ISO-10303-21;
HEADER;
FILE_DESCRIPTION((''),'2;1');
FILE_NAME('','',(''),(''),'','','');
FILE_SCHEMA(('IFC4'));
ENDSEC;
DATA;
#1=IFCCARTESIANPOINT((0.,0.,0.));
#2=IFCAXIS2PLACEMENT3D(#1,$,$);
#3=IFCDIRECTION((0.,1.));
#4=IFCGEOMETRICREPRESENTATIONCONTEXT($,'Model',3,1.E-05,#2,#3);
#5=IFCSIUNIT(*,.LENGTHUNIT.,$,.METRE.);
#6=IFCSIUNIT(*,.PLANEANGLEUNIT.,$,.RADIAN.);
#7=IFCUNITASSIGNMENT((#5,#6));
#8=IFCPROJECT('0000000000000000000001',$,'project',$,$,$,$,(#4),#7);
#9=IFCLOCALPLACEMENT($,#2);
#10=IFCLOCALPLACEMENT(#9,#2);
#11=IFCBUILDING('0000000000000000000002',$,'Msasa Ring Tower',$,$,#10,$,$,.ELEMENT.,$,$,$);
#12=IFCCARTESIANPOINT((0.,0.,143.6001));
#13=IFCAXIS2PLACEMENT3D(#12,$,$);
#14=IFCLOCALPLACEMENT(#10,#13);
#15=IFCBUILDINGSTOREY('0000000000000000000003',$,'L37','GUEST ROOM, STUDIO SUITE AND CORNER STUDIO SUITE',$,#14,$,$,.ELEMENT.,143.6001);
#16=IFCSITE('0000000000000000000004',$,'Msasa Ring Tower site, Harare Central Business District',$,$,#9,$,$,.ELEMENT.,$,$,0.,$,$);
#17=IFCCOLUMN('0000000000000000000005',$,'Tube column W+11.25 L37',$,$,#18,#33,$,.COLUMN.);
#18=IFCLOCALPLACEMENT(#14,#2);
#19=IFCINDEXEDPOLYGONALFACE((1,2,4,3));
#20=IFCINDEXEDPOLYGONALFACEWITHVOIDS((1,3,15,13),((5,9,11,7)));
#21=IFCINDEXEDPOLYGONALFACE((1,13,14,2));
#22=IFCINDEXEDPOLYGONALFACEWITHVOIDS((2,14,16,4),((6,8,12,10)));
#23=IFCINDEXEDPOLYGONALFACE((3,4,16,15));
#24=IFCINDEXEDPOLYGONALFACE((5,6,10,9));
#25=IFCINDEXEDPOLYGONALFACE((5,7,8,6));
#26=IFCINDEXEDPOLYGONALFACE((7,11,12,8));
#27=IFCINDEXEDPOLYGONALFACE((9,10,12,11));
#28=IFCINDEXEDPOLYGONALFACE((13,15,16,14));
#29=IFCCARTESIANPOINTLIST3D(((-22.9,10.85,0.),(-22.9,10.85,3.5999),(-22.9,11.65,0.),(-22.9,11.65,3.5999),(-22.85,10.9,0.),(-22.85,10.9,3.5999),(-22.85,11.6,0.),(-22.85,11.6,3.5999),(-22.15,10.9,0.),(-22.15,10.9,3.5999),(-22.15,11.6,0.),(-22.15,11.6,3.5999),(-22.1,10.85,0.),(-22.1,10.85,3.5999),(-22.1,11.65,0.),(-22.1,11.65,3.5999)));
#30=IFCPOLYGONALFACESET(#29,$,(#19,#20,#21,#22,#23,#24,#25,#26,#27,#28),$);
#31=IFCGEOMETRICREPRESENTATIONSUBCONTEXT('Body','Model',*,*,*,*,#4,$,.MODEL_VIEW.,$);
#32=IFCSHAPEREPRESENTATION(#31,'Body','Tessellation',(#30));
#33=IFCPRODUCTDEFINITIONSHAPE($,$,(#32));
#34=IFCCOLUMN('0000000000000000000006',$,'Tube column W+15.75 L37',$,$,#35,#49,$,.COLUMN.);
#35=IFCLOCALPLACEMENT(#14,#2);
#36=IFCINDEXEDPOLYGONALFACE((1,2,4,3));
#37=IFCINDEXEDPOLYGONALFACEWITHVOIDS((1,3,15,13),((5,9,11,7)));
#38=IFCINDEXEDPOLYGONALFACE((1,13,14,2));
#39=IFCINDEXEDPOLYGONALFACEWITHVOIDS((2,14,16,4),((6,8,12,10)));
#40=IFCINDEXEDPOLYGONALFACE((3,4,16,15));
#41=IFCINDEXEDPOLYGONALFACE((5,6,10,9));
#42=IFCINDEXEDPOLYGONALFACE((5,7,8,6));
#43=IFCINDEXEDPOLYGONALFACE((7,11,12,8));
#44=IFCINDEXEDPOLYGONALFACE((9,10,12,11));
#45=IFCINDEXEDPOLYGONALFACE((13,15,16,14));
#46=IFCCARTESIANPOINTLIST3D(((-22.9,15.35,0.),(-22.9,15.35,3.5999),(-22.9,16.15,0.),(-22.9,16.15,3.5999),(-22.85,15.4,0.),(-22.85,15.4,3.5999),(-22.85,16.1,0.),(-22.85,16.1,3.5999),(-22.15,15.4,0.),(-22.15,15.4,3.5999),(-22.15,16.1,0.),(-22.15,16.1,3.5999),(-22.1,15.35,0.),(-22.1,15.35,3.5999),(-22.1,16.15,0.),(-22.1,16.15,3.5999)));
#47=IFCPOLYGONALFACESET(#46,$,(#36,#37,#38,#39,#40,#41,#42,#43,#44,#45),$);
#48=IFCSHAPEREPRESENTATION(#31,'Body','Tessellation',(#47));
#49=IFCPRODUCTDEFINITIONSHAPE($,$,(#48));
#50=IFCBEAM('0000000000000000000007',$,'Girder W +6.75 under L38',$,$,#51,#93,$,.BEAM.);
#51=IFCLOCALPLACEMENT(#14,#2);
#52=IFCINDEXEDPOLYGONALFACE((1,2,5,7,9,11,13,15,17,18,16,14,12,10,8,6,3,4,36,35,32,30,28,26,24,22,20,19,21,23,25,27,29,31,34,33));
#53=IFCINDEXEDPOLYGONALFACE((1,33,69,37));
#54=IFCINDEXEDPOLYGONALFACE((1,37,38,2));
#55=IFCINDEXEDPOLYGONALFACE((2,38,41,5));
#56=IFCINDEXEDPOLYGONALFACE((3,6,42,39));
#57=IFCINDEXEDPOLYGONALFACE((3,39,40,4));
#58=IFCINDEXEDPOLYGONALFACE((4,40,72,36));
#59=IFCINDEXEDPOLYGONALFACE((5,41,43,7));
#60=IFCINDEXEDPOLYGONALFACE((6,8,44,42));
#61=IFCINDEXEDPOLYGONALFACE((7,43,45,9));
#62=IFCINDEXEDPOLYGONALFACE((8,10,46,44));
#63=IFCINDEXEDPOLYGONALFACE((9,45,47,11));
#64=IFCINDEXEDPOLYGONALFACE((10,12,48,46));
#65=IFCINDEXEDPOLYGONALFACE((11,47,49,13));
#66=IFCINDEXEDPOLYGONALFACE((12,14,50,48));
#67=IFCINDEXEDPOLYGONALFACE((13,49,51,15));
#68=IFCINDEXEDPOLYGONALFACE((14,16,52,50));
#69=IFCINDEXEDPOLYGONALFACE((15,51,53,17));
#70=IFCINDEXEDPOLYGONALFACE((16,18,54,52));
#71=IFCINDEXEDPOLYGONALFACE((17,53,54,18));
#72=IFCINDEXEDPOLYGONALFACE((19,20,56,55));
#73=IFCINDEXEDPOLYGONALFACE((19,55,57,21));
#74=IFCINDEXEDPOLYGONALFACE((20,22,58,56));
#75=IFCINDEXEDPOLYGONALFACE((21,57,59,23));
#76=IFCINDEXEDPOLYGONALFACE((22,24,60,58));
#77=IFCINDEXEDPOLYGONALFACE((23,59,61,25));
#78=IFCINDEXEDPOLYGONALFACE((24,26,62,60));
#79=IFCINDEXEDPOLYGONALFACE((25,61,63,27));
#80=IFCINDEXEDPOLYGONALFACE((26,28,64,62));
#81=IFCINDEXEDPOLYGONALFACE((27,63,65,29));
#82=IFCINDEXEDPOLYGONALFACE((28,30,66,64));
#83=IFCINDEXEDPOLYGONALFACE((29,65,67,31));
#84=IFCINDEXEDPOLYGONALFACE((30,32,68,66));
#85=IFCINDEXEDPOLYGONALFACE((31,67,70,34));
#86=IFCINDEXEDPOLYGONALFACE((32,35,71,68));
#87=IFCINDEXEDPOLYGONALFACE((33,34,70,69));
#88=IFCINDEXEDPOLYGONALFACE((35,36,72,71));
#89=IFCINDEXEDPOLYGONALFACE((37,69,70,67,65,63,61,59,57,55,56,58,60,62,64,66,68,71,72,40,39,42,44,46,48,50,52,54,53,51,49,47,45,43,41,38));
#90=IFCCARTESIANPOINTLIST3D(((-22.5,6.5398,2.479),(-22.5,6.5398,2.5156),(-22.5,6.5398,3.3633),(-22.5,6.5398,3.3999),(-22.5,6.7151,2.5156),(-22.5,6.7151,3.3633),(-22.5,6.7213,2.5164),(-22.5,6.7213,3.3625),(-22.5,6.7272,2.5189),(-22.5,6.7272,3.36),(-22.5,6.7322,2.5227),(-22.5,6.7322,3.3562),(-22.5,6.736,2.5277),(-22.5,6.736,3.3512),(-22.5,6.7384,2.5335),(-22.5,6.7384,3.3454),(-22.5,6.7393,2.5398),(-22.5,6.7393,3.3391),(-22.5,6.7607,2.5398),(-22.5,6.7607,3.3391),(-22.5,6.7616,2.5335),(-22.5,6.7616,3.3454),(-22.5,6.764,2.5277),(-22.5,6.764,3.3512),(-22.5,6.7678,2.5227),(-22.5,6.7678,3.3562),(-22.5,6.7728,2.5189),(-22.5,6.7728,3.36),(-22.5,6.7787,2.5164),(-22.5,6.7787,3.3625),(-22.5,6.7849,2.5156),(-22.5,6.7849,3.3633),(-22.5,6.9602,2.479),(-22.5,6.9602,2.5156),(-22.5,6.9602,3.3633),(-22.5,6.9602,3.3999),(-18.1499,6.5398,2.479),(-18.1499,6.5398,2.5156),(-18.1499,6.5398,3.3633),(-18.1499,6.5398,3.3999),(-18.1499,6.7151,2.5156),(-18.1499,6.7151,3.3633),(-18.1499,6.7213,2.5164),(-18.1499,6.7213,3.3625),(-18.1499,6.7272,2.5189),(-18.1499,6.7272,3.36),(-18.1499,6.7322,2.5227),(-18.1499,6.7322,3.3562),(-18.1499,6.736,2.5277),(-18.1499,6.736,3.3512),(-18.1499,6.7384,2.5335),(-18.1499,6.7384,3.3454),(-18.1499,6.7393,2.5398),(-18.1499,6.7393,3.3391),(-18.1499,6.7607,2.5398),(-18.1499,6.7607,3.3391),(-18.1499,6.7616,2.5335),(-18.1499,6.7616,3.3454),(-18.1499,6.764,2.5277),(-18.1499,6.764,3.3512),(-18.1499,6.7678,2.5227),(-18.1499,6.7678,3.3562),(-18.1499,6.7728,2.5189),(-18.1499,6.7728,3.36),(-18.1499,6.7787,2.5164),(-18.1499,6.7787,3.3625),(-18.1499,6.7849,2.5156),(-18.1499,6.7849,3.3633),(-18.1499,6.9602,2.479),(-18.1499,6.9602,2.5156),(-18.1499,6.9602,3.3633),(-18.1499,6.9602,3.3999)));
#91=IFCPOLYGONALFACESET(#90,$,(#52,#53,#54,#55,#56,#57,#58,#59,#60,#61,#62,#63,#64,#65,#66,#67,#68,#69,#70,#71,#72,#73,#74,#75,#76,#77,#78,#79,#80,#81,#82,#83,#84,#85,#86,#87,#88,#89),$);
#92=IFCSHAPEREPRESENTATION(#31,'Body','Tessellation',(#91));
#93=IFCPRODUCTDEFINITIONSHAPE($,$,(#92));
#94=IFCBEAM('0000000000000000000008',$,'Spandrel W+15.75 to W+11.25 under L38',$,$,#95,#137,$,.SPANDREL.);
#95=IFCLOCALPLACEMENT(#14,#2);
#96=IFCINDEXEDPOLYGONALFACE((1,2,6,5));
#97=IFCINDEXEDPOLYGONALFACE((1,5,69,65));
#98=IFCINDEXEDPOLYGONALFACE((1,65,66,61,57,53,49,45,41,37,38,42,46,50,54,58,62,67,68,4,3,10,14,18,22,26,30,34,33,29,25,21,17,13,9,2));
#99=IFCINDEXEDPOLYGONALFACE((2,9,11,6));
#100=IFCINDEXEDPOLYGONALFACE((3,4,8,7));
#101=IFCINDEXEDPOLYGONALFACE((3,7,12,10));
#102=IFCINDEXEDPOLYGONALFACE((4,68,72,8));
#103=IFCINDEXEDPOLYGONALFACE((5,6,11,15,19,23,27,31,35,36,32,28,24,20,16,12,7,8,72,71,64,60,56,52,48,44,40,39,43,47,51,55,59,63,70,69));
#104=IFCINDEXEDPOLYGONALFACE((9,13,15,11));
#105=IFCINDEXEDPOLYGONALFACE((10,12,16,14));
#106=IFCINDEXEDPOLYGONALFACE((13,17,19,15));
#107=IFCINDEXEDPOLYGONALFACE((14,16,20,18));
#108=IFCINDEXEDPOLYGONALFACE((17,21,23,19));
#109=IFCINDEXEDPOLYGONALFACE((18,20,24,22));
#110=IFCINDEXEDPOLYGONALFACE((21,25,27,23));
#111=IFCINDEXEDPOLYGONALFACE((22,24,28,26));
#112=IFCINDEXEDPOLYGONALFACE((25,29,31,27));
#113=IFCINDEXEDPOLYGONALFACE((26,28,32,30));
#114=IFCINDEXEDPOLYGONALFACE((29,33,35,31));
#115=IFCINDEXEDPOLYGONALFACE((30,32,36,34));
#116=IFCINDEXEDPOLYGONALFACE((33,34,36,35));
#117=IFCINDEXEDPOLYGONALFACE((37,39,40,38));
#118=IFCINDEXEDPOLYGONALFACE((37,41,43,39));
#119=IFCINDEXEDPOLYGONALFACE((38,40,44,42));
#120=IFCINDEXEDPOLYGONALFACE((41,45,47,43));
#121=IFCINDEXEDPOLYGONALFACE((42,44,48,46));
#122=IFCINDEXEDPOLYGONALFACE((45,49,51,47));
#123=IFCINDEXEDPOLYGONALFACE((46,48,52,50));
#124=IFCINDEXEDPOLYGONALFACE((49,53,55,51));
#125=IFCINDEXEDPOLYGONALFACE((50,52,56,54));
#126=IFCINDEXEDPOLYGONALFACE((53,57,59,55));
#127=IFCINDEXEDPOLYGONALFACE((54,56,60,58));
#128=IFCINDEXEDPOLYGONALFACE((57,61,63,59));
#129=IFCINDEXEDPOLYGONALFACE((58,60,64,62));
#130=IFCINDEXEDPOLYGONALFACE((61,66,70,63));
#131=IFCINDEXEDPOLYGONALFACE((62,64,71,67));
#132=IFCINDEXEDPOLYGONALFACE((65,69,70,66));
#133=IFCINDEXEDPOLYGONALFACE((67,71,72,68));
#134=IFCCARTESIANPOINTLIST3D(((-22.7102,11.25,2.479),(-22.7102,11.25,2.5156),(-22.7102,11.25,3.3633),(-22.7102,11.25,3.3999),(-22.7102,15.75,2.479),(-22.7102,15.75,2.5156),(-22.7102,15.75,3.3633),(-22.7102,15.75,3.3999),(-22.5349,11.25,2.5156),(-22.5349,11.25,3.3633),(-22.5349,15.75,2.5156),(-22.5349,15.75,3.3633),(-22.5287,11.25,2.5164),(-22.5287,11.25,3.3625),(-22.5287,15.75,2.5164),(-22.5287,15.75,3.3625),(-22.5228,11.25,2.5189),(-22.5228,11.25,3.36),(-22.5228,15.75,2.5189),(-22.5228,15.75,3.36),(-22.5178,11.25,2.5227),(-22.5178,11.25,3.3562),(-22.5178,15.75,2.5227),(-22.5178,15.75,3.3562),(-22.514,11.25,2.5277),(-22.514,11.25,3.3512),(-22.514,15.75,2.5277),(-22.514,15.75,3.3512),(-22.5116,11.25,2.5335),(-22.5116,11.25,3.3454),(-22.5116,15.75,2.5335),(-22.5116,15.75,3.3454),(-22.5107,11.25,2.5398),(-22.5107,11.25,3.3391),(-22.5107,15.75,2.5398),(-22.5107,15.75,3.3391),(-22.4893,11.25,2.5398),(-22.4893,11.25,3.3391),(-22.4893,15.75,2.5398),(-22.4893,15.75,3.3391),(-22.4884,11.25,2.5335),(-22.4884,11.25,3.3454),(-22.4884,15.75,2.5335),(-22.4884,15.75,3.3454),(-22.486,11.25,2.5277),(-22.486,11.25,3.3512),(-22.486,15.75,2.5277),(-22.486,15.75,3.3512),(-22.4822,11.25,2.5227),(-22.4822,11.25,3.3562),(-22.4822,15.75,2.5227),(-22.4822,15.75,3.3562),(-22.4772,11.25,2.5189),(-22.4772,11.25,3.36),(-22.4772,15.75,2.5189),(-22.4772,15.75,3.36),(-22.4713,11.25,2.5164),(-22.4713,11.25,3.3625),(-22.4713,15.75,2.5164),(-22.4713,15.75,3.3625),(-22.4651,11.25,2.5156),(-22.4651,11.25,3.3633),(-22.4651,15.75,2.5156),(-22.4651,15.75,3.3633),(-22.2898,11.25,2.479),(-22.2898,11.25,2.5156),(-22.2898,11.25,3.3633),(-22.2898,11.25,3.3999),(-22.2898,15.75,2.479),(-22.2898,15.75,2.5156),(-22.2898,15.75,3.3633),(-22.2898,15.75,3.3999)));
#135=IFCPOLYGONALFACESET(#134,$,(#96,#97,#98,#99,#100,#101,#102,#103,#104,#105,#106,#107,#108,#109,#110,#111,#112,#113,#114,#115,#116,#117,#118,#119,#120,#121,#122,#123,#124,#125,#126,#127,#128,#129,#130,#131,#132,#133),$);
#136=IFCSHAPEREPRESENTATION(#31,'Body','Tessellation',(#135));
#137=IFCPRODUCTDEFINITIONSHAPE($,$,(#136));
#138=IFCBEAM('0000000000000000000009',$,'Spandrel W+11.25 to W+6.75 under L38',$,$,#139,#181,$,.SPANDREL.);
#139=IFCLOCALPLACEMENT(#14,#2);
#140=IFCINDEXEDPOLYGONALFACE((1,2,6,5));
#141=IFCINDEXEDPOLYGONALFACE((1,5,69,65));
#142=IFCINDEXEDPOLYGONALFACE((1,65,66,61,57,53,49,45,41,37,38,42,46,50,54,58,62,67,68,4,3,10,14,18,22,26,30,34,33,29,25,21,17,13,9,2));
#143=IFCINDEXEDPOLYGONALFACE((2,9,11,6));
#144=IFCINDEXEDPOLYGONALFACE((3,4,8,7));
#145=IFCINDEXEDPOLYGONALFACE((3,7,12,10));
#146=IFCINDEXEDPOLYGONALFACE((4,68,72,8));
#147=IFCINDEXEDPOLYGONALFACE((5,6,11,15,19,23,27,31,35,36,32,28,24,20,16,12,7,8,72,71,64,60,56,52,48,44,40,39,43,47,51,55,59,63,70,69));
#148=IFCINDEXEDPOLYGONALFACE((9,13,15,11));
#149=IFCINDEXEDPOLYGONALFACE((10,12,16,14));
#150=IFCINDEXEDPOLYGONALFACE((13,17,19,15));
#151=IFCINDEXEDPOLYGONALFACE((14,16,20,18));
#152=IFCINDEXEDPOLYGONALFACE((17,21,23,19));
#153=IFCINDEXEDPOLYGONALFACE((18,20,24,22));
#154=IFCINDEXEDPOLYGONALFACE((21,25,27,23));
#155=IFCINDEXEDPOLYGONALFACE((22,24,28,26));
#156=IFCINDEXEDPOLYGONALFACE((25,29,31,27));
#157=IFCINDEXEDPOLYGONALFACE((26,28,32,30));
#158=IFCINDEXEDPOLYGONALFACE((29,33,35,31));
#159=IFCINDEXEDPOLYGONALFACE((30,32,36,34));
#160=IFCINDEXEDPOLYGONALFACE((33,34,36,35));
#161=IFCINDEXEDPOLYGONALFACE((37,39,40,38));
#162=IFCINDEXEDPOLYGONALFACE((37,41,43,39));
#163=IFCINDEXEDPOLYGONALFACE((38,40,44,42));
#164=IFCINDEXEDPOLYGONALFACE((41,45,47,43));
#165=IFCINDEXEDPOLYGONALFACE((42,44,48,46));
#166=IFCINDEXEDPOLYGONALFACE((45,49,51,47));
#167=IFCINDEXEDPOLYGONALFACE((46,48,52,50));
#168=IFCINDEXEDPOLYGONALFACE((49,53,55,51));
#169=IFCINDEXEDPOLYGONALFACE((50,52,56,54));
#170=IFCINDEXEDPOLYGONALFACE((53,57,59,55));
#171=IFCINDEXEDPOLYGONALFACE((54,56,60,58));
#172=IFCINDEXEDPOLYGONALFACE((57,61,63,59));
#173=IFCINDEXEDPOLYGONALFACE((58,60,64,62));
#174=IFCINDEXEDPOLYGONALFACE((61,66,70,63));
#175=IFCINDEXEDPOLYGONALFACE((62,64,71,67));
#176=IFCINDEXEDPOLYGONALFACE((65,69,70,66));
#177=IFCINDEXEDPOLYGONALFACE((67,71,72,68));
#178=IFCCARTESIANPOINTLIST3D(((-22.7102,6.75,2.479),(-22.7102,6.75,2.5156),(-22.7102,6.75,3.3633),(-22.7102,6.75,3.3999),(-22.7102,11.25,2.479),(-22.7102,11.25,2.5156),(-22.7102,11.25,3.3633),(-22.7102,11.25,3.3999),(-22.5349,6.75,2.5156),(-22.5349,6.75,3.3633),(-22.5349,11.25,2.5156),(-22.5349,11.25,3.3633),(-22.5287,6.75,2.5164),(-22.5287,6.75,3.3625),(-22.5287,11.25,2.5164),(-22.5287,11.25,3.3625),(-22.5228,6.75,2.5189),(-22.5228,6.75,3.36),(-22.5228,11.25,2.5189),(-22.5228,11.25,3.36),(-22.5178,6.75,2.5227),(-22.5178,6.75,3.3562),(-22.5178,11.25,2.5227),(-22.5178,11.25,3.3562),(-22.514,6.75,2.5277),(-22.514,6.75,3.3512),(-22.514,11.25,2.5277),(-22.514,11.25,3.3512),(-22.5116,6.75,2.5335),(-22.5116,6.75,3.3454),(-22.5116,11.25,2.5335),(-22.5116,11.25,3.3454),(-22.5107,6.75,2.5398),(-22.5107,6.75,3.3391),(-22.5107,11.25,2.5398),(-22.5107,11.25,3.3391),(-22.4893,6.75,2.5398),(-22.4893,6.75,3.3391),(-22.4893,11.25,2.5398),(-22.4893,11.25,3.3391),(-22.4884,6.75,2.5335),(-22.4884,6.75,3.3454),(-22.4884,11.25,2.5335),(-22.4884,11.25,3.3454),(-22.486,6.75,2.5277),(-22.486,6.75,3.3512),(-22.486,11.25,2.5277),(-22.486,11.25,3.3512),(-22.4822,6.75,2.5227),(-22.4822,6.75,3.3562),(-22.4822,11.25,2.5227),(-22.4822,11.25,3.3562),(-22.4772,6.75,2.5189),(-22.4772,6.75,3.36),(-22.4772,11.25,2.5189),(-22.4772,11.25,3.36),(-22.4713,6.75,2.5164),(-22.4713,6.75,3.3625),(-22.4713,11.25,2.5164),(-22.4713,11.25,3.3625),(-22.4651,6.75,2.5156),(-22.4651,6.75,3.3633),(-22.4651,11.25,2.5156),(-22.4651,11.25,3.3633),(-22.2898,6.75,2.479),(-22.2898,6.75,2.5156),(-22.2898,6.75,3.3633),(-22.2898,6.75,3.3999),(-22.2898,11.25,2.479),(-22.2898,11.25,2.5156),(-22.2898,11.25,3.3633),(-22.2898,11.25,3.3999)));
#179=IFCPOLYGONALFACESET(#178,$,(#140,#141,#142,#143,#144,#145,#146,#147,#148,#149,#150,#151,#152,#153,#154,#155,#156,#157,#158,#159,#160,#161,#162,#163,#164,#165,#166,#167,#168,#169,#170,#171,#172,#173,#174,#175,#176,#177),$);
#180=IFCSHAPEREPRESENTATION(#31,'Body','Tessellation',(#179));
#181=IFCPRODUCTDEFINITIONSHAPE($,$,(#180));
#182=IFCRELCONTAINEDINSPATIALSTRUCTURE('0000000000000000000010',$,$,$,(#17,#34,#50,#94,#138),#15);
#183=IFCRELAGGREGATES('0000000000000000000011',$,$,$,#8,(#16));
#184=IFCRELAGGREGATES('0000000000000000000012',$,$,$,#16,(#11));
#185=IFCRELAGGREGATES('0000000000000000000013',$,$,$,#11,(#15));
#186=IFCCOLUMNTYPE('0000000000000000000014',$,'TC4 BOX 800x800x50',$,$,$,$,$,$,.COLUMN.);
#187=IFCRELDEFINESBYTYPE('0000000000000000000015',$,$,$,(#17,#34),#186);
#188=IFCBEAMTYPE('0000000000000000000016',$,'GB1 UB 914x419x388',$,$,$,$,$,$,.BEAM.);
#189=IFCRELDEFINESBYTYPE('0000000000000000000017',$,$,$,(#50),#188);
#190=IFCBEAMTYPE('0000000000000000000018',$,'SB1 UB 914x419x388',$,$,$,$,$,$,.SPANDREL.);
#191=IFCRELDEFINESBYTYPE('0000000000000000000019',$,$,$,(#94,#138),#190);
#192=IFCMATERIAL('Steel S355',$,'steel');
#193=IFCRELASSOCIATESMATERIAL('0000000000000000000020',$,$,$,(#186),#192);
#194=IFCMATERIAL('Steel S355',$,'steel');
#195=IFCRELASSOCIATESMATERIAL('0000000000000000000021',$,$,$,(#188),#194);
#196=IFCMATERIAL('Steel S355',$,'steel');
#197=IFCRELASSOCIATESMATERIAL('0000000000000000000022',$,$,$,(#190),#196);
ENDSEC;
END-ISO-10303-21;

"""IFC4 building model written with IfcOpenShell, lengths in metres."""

from ifc_helpers import new_model, si_unit, direction, frame, origin, origin_2d, place, context, subcontext, project, spatial, hollow_rectangle, i_section, extrude, material, material_profile, profile_set, type_object, element, save


model = new_model("IFC4")

# Units and contexts
model_context = context("Model", 3, precision=1e-05, world=origin(), true_north=direction((0.0, 1.0)))
body_context = subcontext(model_context, "Body", "Model", "MODEL_VIEW")
ifc_project = project(units=[si_unit("LENGTHUNIT", "METRE"), si_unit("PLANEANGLEUNIT", "RADIAN")], contexts=[model_context])

# Site, building, storey
site_placement = place(None, origin())
site = spatial("IfcSite", under=ifc_project, at=site_placement, Name="Msasa Ring Tower site, Harare Central Business District", CompositionType="ELEMENT", RefElevation=0.0)
building_placement = place(site_placement, origin())
building = spatial("IfcBuilding", under=site, at=building_placement, Name="Msasa Ring Tower", CompositionType="ELEMENT")
storey_placement = place(building_placement, frame((0.0, 0.0, 143.6001)))
storey = spatial("IfcBuildingStorey", under=building, at=storey_placement, Name="L37", Description="GUEST ROOM, STUDIO SUITE AND CORNER STUDIO SUITE", CompositionType="ELEMENT", Elevation=143.6001)

# Columns
ifc_material_1 = material(Name="Steel S355", Category="steel")
ifc_material_profile_1 = material_profile(ifc_material_1, hollow_rectangle(XDim=0.8, YDim=0.8, WallThickness=0.05, at=origin_2d()), Name="BOX 800x800x50")
ifc_profile_set_1 = profile_set([ifc_material_profile_1], Name="Steel S355")
column_type = type_object("IfcColumnType", Name="TC4 BOX 800x800x50", PredefinedType="COLUMN", material=ifc_profile_set_1)
for number, where, z_axis, x_axis, name in (
    (1, (-22.5, 11.25, 0.0), (0.0, 0.0, 1.0), (1.0, 0.0, 0.0), "Tube column W+11.25 L37"),
    (2, (-22.5, 15.75, 0.0), (0.0, 0.0, 1.0), (1.0, 0.0, 0.0), "Tube column W+15.75 L37"),
):
    element("IfcColumn", number, at=place(storey_placement, frame(where, z_axis=z_axis, x_axis=x_axis)), inside=storey, type_object=column_type, Name=name, PredefinedType="COLUMN", context=body_context, shape_type="SweptSolid", body=[
        extrude(hollow_rectangle(XDim=0.8, YDim=0.8, WallThickness=0.05, at=origin_2d()), origin(), (0.0, 0.0, 1.0), 3.5999),
    ])

# Beams
ifc_material_2 = material(Name="Steel S355", Category="steel")
ifc_material_profile_2 = material_profile(ifc_material_2, i_section(OverallWidth=0.4204, OverallDepth=0.9209, WebThickness=0.0215, FlangeThickness=0.0366, FilletRadius=0.0242, at=origin_2d()), Name="UB 914x419x388")
ifc_profile_set_2 = profile_set([ifc_material_profile_2], Name="Steel S355")
beam_type_1 = type_object("IfcBeamType", Name="GB1 UB 914x419x388", PredefinedType="BEAM", material=ifc_profile_set_2)
beam_placement = place(storey_placement, frame((-18.1499, 6.75, 2.9395), z_axis=(-1.0, 0.0, 0.0), x_axis=(0.0, -1.0, 0.0)))
element("IfcBeam", 3, at=beam_placement, inside=storey, type_object=beam_type_1, Name="Girder W +6.75 under L38", PredefinedType="BEAM", context=body_context, shape_type="SweptSolid", body=[
    extrude(i_section(OverallWidth=0.4204, OverallDepth=0.9209, WebThickness=0.0215, FlangeThickness=0.0366, FilletRadius=0.0242, at=origin_2d()), origin(), (0.0, 0.0, 1.0), 4.3501),
])
ifc_material_3 = material(Name="Steel S355", Category="steel")
ifc_material_profile_3 = material_profile(ifc_material_3, i_section(OverallWidth=0.4204, OverallDepth=0.9209, WebThickness=0.0215, FlangeThickness=0.0366, FilletRadius=0.0242, at=origin_2d()), Name="UB 914x419x388")
ifc_profile_set_3 = profile_set([ifc_material_profile_3], Name="Steel S355")
beam_type_2 = type_object("IfcBeamType", Name="SB1 UB 914x419x388", PredefinedType="SPANDREL", material=ifc_profile_set_3)
for number, where, z_axis, x_axis, name in (
    (4, (-22.5, 15.75, 2.9395), (0.0, -1.0, 0.0), (1.0, 0.0, 0.0), "Spandrel W+15.75 to W+11.25 under L38"),
    (5, (-22.5, 11.25, 2.9395), (0.0, -1.0, 0.0), (1.0, 0.0, 0.0), "Spandrel W+11.25 to W+6.75 under L38"),
):
    element("IfcBeam", number, at=place(storey_placement, frame(where, z_axis=z_axis, x_axis=x_axis)), inside=storey, type_object=beam_type_2, Name=name, PredefinedType="SPANDREL", context=body_context, shape_type="SweptSolid", body=[
        extrude(i_section(OverallWidth=0.4204, OverallDepth=0.9209, WebThickness=0.0215, FlangeThickness=0.0366, FilletRadius=0.0242, at=origin_2d()), origin(), (0.0, 0.0, 1.0), 4.5),
    ])

save(model, "model.ifc")
